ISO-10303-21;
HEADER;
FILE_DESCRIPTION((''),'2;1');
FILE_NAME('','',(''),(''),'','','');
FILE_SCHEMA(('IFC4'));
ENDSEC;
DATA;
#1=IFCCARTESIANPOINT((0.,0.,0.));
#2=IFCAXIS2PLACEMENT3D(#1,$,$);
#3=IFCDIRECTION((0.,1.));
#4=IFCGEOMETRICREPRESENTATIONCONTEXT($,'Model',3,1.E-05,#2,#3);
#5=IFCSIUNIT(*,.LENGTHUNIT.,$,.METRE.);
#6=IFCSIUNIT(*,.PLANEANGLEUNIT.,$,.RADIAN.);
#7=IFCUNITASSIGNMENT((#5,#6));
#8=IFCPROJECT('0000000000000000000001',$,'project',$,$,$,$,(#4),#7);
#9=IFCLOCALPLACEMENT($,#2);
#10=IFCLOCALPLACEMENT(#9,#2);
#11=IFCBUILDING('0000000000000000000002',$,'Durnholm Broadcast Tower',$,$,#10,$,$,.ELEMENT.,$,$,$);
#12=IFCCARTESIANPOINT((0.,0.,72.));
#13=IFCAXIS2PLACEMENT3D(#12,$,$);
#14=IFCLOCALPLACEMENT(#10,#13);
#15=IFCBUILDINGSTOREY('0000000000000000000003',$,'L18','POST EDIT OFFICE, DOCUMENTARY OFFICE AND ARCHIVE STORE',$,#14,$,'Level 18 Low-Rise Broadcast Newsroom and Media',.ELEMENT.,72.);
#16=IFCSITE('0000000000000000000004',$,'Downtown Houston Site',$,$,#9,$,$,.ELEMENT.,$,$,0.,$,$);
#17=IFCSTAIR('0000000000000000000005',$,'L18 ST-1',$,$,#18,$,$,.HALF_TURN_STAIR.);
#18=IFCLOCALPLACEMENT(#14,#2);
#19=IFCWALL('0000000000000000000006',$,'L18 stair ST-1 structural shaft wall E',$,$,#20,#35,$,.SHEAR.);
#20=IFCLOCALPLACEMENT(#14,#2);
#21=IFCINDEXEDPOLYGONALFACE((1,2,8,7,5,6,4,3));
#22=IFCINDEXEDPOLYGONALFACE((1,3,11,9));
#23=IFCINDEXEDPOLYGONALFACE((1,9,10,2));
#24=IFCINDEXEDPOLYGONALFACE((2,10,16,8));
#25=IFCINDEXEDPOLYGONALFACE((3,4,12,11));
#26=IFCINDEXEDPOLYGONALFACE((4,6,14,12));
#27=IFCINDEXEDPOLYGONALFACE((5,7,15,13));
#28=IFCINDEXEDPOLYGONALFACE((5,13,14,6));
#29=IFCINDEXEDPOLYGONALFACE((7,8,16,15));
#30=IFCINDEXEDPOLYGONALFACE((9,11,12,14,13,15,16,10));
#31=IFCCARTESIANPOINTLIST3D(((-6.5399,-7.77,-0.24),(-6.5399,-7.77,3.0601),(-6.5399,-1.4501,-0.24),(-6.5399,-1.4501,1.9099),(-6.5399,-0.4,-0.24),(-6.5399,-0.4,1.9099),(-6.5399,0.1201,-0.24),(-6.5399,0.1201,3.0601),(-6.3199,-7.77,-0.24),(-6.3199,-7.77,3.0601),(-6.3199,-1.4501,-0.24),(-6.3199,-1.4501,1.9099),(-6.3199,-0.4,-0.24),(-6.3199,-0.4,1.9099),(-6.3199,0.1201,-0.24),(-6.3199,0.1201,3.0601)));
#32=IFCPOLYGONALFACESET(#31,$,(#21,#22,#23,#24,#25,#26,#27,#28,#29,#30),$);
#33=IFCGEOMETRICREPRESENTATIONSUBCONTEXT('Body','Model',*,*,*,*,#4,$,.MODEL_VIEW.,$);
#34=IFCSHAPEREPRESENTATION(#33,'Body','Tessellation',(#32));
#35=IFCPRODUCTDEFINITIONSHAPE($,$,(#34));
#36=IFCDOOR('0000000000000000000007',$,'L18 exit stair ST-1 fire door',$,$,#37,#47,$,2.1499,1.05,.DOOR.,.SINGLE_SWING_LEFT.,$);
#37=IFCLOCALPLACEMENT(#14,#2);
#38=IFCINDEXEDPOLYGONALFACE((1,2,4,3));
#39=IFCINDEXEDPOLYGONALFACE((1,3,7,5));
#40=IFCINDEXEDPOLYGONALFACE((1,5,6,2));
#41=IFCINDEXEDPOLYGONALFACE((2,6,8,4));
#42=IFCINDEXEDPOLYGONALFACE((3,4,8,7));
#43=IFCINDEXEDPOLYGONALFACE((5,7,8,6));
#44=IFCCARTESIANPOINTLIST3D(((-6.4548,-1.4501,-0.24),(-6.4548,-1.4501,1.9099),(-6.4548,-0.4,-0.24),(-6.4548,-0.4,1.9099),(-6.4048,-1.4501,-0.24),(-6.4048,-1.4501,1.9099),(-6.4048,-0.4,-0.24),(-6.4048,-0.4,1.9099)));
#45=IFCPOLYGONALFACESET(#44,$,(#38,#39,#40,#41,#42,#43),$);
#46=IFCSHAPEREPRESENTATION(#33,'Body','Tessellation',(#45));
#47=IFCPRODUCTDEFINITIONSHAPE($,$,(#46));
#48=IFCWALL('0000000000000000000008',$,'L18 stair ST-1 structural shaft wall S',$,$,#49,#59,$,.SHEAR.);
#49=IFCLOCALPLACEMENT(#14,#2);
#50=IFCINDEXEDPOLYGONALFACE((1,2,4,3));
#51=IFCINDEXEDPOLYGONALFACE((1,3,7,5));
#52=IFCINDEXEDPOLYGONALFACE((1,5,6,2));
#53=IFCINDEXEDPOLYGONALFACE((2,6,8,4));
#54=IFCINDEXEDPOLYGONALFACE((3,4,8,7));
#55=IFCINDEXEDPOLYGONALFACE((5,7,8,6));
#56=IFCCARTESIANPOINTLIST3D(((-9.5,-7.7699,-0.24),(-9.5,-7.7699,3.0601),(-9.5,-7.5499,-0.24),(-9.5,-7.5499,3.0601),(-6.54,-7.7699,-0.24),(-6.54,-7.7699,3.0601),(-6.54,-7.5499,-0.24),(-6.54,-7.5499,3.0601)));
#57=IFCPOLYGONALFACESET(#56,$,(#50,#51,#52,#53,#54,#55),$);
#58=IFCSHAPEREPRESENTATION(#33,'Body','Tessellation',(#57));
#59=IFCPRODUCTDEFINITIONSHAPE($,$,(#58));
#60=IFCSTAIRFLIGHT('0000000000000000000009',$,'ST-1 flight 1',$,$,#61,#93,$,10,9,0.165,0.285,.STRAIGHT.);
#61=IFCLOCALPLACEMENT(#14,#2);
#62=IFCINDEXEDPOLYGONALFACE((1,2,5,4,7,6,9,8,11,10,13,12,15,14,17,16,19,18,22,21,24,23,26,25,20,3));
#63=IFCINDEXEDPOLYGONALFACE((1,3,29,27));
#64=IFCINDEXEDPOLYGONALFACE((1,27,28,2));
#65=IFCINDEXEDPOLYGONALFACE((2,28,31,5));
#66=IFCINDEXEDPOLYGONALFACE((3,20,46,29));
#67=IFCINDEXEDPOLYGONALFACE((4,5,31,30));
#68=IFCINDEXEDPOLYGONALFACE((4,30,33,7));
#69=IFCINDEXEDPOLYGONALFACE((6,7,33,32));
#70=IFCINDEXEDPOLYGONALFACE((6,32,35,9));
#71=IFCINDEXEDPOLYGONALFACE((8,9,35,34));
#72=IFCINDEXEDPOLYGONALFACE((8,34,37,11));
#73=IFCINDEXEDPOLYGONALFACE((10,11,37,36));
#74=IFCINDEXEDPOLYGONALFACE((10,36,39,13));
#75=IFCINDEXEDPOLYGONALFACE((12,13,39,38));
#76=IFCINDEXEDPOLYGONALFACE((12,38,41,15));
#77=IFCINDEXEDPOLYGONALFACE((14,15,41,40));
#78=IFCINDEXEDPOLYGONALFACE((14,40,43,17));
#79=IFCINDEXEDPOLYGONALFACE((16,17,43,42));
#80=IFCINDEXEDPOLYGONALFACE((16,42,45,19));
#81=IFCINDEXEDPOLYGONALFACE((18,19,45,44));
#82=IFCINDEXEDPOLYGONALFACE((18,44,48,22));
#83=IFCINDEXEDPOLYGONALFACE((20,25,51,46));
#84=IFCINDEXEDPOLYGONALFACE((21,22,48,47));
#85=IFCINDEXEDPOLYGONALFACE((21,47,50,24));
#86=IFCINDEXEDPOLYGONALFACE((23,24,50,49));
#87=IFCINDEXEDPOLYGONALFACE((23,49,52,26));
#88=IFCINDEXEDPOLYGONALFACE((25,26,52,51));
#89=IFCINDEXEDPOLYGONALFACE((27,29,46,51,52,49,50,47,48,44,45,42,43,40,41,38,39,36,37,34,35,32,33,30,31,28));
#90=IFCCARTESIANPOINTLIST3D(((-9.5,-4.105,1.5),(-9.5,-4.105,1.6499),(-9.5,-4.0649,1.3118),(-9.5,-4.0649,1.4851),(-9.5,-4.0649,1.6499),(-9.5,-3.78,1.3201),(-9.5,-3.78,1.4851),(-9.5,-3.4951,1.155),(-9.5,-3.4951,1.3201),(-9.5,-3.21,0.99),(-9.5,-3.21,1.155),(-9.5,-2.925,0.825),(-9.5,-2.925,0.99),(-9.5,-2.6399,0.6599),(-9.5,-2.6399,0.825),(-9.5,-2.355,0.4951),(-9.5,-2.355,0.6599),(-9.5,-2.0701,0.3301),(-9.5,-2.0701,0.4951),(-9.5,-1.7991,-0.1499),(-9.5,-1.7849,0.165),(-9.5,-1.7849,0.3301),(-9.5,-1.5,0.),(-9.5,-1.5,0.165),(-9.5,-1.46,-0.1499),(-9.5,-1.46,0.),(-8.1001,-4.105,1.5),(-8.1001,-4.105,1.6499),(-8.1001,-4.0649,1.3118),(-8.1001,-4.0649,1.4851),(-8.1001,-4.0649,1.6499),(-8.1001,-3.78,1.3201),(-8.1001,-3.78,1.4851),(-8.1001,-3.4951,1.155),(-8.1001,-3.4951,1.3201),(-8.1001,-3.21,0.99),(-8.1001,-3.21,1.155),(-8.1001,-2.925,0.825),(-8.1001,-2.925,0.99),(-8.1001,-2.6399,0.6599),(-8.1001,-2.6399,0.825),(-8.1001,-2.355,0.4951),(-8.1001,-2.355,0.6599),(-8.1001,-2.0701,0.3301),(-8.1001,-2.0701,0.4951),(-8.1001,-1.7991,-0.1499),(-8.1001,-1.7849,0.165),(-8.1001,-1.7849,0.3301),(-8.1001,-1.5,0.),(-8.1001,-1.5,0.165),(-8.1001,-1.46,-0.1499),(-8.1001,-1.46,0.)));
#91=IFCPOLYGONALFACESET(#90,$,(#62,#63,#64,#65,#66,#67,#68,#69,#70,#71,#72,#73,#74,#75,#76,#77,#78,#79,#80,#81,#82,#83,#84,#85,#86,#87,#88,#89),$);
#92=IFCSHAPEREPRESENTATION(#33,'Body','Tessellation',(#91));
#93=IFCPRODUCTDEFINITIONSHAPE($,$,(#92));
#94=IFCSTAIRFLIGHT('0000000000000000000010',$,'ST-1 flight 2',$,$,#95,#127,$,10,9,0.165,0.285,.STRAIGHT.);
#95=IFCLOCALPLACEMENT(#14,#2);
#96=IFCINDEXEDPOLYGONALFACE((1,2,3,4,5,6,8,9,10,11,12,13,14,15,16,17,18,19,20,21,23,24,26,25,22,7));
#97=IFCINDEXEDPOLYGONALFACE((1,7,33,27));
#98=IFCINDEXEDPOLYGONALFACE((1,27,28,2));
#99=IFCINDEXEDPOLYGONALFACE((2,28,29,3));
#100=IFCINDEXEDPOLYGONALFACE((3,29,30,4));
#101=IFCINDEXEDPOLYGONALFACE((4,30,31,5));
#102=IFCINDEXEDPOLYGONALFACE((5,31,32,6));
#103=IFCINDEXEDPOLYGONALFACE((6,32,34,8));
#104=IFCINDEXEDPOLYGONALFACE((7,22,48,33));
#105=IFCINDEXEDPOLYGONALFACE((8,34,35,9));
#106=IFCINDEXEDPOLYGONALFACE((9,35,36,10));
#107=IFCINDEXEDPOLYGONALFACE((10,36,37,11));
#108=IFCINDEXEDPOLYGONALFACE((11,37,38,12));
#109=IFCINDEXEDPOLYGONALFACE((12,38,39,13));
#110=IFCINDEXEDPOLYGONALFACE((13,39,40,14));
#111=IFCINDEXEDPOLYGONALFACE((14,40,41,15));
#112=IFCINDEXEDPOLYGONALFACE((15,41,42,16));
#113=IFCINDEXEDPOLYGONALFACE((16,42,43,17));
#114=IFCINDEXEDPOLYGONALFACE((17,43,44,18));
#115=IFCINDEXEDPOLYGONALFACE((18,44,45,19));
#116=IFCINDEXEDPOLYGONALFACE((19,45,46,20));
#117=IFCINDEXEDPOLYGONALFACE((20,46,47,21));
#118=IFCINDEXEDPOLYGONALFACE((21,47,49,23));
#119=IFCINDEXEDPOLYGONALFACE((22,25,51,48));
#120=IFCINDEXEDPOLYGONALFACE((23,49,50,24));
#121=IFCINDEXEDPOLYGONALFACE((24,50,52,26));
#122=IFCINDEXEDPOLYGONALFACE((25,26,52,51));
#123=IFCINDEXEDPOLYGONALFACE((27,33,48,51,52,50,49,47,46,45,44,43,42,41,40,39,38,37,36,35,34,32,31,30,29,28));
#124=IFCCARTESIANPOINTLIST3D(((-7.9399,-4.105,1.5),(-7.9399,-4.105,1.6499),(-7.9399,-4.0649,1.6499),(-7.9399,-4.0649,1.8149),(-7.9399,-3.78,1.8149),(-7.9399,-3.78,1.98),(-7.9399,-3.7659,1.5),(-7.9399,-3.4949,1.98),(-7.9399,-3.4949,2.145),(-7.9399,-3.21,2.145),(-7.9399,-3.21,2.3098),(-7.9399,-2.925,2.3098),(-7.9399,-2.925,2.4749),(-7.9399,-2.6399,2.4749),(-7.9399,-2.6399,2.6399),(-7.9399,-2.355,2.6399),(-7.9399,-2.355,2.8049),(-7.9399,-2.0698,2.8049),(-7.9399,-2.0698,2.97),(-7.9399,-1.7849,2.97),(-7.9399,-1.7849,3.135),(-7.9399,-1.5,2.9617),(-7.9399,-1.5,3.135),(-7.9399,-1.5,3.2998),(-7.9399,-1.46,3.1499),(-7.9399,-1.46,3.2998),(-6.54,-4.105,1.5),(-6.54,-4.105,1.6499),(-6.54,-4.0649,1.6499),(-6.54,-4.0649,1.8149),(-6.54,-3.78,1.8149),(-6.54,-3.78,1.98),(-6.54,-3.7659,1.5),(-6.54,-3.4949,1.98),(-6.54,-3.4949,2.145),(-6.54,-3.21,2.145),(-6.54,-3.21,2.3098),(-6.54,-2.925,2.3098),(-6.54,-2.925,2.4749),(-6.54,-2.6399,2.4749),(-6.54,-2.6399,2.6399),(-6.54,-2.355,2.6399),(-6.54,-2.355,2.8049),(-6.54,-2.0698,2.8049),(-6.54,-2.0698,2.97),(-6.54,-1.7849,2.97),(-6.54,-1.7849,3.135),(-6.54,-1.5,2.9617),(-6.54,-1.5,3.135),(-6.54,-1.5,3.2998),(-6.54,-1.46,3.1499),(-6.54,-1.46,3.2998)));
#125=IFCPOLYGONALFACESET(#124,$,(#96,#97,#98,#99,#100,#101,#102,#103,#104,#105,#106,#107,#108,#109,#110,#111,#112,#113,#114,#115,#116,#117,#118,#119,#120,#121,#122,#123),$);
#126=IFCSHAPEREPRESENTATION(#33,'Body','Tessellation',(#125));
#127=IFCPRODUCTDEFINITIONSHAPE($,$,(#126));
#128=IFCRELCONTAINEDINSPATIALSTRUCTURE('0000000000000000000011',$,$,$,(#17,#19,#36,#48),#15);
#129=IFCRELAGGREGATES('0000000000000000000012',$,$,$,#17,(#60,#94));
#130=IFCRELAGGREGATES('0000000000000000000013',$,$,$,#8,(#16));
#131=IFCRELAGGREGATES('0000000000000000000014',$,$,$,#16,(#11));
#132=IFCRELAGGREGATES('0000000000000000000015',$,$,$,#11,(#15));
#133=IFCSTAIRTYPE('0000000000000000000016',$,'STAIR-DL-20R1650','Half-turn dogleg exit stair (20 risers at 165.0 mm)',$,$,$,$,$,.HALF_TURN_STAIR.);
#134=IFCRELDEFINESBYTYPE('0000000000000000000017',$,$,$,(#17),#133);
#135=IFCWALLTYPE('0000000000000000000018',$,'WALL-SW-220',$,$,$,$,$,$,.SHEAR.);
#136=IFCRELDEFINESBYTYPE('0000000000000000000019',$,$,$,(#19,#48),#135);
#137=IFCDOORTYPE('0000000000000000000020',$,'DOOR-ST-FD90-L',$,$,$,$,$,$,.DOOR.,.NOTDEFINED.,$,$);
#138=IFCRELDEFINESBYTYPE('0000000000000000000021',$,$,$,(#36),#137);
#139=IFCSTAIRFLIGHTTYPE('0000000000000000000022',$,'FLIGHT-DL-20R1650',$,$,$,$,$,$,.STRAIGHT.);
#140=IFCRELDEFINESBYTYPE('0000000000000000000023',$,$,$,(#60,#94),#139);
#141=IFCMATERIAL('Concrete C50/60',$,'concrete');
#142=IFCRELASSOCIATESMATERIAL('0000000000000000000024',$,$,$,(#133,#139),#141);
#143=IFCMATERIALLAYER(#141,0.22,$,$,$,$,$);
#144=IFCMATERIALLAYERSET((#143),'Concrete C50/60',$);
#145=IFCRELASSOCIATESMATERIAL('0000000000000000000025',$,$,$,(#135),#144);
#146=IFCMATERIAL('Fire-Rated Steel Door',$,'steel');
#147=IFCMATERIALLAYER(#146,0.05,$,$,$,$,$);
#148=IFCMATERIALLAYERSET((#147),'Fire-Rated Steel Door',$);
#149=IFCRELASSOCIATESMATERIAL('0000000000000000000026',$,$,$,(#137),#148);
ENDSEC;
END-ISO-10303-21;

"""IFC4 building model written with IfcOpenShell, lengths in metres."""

from ifc_helpers import new_model, si_unit, direction, frame, frame_2d, origin, place, context, subcontext, project, spatial, polyline, rectangle, outline, extrude, source, transform, mapped, material, layer, layer_set, type_object, type_shapes, element, fill, aggregate, save


model = new_model("IFC4")

# Units and contexts
model_context = context("Model", 3, precision=1e-05, world=origin(), true_north=direction((0.0, 1.0)))
body_context = subcontext(model_context, "Body", "Model", "MODEL_VIEW")
ifc_project = project(units=[si_unit("LENGTHUNIT", "METRE"), si_unit("PLANEANGLEUNIT", "RADIAN")], contexts=[model_context])

# Site, building, storey
site_placement = place(None, origin())
site = spatial("IfcSite", under=ifc_project, at=site_placement, Name="Downtown Houston Site", CompositionType="ELEMENT", RefElevation=0.0)
building_placement = place(site_placement, origin())
building = spatial("IfcBuilding", under=site, at=building_placement, Name="Durnholm Broadcast Tower", CompositionType="ELEMENT")
storey_placement = place(building_placement, frame((0.0, 0.0, 72.0)))
storey = spatial("IfcBuildingStorey", under=building, at=storey_placement, Name="L18", Description="POST EDIT OFFICE, DOCUMENTARY OFFICE AND ARCHIVE STORE", LongName="Level 18 Low-Rise Broadcast Newsroom and Media", CompositionType="ELEMENT", Elevation=72.0)

# Shared definitions
ifc_material_1 = material(Name="Concrete C50/60", Category="concrete")

# Stair
stair_type = type_object("IfcStairType", Name="STAIR-DL-20R1650", Description="Half-turn dogleg exit stair (20 risers at 165.0 mm)", PredefinedType="HALF_TURN_STAIR", material=ifc_material_1)
stair_1_placement = place(storey_placement, origin())
stair_1 = element("IfcStair", 1, at=stair_1_placement, inside=storey, type_object=stair_type, Name="L18 ST-1", PredefinedType="HALF_TURN_STAIR")

# Wall, opening, door
ifc_layer_1 = layer(ifc_material_1, 0.22)
ifc_layer_set_1 = layer_set([ifc_layer_1], Name="Concrete C50/60")
wall_type_1 = type_object("IfcWallType", Name="WALL-SW-220", PredefinedType="SHEAR", material=ifc_layer_set_1)
wall_1_placement = place(storey_placement, frame((-6.4299, -7.77, -0.24), z_axis=(0.0, 0.0, 1.0), x_axis=(0.0, 1.0, 0.0)))
wall_1 = element("IfcWall", 2, at=wall_1_placement, inside=storey, type_object=wall_type_1, Name="L18 stair ST-1 structural shaft wall E", PredefinedType="SHEAR", context=body_context, shape_type="SweptSolid", body=[
    extrude(rectangle(XDim=7.8901, YDim=0.22, at=frame_2d((3.9451, 0.0))), origin(), (0.0, 0.0, 1.0), 3.3),
])
opening_1_placement = place(wall_1_placement, frame((6.3201, 0.0, 0.0)))
opening_1 = element("IfcOpeningElement", 3, at=opening_1_placement, cuts=wall_1, PredefinedType="OPENING", context=body_context, shape_type="SweptSolid", body=[
    extrude(rectangle(XDim=1.05, YDim=2.1499, at=frame_2d((0.5249, 1.075))), frame((0.0, 0.1201, 0.0), z_axis=(0.0, -1.0, 0.0), x_axis=(1.0, 0.0, 0.0)), (0.0, 0.0, 1.0), 0.24),
])
ifc_material_2 = material(Name="Fire-Rated Steel Door", Category="steel")
ifc_layer_2 = layer(ifc_material_2, 0.05)
ifc_layer_set_2 = layer_set([ifc_layer_2], Name="Fire-Rated Steel Door")
door_type_1 = type_object("IfcDoorType", Name="DOOR-ST-FD90-L", OperationType="NOTDEFINED", PredefinedType="DOOR", material=ifc_layer_set_2)
shared_shape_1 = source(origin(), body_context, "Body", "SweptSolid", [
    extrude(rectangle(XDim=1.05, YDim=2.1499, at=frame_2d((0.5249, 1.075))), frame((0.0, 0.0249, 0.0), z_axis=(0.0, -1.0, 0.0), x_axis=(1.0, 0.0, 0.0)), (0.0, 0.0, 1.0), 0.05),
])
type_shapes(door_type_1, [shared_shape_1])
door_1_placement = place(opening_1_placement, origin())
door_1 = element("IfcDoor", 4, at=door_1_placement, inside=storey, type_object=door_type_1, Name="L18 exit stair ST-1 fire door", OperationType="SINGLE_SWING_LEFT", OverallHeight=2.1499, OverallWidth=1.05, PredefinedType="DOOR", context=body_context, shape_type="MappedRepresentation", body=[
    mapped(shared_shape_1, transform((0.0, 0.0, 0.0), x_axis=(1.0, 0.0, 0.0), y_axis=(0.0, 1.0, 0.0), z_axis=(0.0, 0.0, 1.0), scale=1.0)),
])
fill(opening_1, door_1)

# Wall
wall_2_placement = place(storey_placement, frame((-9.5, -7.6599, -0.24), z_axis=(0.0, 0.0, 1.0), x_axis=(1.0, 0.0, 0.0)))
element("IfcWall", 5, at=wall_2_placement, inside=storey, type_object=wall_type_1, Name="L18 stair ST-1 structural shaft wall S", PredefinedType="SHEAR", context=body_context, shape_type="SweptSolid", body=[
    extrude(rectangle(XDim=2.96, YDim=0.22, at=frame_2d((1.48, 0.0))), origin(), (0.0, 0.0, 1.0), 3.3),
])

# Stair flights
stair_flight_type = type_object("IfcStairFlightType", Name="FLIGHT-DL-20R1650", PredefinedType="STRAIGHT", material=ifc_material_1)
stair_flight_1_placement = place(storey_placement, frame((-8.8, -1.5, 0.0), z_axis=(0.0, 0.0, 1.0), x_axis=(0.0, -1.0, 0.0)))
stair_flight_1 = element("IfcStairFlight", 6, at=stair_flight_1_placement, type_object=stair_flight_type, Name="ST-1 flight 1", NumberOfRisers=10, NumberOfTreads=9, PredefinedType="STRAIGHT", RiserHeight=0.165, TreadLength=0.285, context=body_context, shape_type="SweptSolid", body=[
    extrude(outline(polyline([(-0.04, -0.1499), (-0.04, 0.0), (0.0, 0.0), (0.0, 0.165), (0.2849, 0.165), (0.2849, 0.3301), (0.5701, 0.3301), (0.5701, 0.4951), (0.855, 0.4951), (0.855, 0.6599), (1.1399, 0.6599), (1.1399, 0.825), (1.425, 0.825), (1.425, 0.99), (1.71, 0.99), (1.71, 1.155), (1.9951, 1.155), (1.9951, 1.3201), (2.28, 1.3201), (2.28, 1.4851), (2.5649, 1.4851), (2.5649, 1.6499), (2.605, 1.6499), (2.605, 1.5), (2.5649, 1.3118), (0.2991, -0.1499), (-0.04, -0.1499)])), frame((0.0, 0.7, 0.0), z_axis=(0.0, -1.0, 0.0), x_axis=(1.0, 0.0, 0.0)), (0.0, 0.0, 1.0), 1.3999),
])
stair_flight_2_placement = place(storey_placement, frame((-7.24, -4.0649, 1.6499), z_axis=(0.0, 0.0, 1.0), x_axis=(0.0, 1.0, 0.0)))
stair_flight_2 = element("IfcStairFlight", 7, at=stair_flight_2_placement, type_object=stair_flight_type, Name="ST-1 flight 2", NumberOfRisers=10, NumberOfTreads=9, PredefinedType="STRAIGHT", RiserHeight=0.165, TreadLength=0.285, context=body_context, shape_type="SweptSolid", body=[
    extrude(outline(polyline([(-0.04, -0.1499), (-0.04, 0.0), (0.0, 0.0), (0.0, 0.165), (0.2849, 0.165), (0.2849, 0.3301), (0.5701, 0.3301), (0.5701, 0.4951), (0.855, 0.4951), (0.855, 0.6599), (1.1399, 0.6599), (1.1399, 0.825), (1.425, 0.825), (1.425, 0.99), (1.71, 0.99), (1.71, 1.155), (1.9951, 1.155), (1.9951, 1.3201), (2.28, 1.3201), (2.28, 1.4851), (2.5649, 1.4851), (2.5649, 1.6499), (2.605, 1.6499), (2.605, 1.5), (2.5649, 1.3118), (0.2991, -0.1499), (-0.04, -0.1499)])), frame((0.0, 0.7, 0.0), z_axis=(0.0, -1.0, 0.0), x_axis=(1.0, 0.0, 0.0)), (0.0, 0.0, 1.0), 1.3999),
])
aggregate(stair_1, [stair_flight_1, stair_flight_2])

save(model, "model.ifc")
